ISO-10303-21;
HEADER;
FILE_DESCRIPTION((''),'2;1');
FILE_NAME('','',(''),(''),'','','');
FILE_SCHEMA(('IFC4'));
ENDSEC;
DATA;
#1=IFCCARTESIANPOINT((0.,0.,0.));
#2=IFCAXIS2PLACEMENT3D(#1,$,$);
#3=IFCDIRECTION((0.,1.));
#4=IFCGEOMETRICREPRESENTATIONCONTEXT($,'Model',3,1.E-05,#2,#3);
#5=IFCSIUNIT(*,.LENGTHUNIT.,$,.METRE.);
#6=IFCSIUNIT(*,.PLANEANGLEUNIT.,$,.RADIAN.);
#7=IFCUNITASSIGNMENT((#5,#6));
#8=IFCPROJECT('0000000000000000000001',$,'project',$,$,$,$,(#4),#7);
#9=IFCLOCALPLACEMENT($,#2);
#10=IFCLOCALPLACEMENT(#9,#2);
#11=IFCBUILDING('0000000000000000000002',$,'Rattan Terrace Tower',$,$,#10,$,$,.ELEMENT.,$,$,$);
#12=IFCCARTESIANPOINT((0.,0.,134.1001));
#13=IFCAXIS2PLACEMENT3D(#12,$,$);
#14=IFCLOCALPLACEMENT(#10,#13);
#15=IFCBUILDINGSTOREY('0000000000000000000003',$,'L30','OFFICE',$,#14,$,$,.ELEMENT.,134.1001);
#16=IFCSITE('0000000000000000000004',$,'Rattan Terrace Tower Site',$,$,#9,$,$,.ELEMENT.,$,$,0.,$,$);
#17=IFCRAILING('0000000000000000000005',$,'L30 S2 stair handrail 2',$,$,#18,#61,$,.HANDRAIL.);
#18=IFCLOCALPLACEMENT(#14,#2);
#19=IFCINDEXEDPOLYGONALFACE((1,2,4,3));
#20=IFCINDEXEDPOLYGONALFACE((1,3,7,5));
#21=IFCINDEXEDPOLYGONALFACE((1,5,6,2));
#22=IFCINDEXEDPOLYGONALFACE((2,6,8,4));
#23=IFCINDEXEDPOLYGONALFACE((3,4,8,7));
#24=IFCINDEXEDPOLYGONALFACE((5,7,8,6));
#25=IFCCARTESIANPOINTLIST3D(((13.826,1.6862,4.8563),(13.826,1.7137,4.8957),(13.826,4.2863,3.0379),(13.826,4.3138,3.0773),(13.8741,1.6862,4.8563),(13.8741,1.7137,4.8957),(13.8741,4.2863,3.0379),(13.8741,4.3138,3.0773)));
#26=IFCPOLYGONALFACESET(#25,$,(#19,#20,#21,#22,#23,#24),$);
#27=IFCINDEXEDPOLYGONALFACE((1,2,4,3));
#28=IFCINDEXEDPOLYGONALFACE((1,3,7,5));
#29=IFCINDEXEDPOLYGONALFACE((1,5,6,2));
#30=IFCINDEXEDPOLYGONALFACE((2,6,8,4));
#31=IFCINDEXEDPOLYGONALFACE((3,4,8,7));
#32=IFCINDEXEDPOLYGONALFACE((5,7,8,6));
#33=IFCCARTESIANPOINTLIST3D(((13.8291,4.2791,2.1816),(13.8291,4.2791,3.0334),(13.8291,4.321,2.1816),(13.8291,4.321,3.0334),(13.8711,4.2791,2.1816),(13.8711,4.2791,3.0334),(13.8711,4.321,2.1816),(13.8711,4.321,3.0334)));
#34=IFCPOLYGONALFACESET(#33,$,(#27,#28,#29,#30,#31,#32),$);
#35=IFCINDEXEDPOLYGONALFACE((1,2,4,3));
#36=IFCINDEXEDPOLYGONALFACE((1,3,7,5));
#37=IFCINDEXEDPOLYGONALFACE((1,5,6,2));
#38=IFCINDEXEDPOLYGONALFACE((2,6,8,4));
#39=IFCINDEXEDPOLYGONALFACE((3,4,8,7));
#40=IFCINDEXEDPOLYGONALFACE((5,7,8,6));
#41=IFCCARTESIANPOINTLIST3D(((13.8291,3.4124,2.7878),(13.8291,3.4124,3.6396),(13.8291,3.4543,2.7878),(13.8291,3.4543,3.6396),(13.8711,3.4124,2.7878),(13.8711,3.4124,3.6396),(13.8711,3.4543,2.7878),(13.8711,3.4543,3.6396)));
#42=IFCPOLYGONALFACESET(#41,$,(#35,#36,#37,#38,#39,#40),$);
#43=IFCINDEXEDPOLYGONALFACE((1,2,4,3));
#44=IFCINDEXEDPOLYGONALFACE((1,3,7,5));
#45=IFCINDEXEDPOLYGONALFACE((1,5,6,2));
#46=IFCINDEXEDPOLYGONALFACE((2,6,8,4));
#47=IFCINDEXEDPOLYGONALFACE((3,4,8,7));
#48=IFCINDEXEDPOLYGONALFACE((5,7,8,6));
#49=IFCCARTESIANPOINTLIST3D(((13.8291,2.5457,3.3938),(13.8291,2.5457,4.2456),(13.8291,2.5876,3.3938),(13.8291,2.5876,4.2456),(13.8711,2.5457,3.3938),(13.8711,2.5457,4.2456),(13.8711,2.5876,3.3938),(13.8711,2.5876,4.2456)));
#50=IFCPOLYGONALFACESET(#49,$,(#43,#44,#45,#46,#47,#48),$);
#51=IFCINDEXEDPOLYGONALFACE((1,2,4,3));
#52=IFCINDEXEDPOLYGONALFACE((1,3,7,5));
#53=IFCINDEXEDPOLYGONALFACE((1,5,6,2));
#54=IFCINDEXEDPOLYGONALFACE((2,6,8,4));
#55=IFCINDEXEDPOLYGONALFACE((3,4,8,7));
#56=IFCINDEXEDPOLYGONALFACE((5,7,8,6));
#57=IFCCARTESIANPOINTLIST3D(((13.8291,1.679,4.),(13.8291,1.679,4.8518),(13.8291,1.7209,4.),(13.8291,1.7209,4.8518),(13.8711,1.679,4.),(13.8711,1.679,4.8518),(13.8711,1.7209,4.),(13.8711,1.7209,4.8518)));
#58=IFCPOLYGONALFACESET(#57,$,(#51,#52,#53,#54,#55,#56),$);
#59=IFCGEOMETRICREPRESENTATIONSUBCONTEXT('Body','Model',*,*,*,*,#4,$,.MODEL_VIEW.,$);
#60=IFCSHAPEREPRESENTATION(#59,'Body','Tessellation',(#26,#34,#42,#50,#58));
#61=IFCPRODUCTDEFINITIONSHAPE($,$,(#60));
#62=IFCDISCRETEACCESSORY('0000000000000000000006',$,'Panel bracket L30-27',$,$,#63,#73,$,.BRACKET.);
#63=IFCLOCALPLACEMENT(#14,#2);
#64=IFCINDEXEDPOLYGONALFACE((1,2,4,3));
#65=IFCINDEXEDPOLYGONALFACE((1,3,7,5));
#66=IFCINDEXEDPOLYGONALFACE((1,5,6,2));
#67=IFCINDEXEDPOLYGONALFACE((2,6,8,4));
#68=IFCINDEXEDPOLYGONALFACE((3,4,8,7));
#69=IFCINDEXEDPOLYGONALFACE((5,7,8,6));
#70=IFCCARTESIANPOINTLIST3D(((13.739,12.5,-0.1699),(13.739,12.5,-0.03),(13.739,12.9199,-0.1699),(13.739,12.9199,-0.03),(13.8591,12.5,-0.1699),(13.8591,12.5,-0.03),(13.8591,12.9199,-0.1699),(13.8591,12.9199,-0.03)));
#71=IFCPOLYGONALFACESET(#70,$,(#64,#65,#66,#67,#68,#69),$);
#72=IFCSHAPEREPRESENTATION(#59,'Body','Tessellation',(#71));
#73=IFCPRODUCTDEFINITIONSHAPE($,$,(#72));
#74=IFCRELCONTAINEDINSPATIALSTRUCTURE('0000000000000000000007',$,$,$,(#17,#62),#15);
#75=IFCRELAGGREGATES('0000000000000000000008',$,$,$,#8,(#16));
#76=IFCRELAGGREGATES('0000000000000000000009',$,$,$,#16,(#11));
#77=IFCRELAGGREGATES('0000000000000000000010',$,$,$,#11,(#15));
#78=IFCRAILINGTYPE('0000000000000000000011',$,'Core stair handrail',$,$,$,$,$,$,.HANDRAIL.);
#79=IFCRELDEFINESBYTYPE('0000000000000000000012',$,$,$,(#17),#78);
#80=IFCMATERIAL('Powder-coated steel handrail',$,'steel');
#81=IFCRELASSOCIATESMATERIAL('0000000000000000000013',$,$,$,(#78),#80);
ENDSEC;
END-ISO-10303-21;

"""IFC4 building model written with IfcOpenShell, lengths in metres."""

from ifc_helpers import new_model, si_unit, direction, frame, origin, origin_2d, place, context, subcontext, project, spatial, rectangle, extrude, material, type_object, element, save


model = new_model("IFC4")

# Units and contexts
model_context = context("Model", 3, precision=1e-05, world=origin(), true_north=direction((0.0, 1.0)))
body_context = subcontext(model_context, "Body", "Model", "MODEL_VIEW")
ifc_project = project(units=[si_unit("LENGTHUNIT", "METRE"), si_unit("PLANEANGLEUNIT", "RADIAN")], contexts=[model_context])

# Site, building, storey
site_placement = place(None, origin())
site = spatial("IfcSite", under=ifc_project, at=site_placement, Name="Rattan Terrace Tower Site", CompositionType="ELEMENT", RefElevation=0.0)
building_placement = place(site_placement, origin())
building = spatial("IfcBuilding", under=site, at=building_placement, Name="Rattan Terrace Tower", CompositionType="ELEMENT")
storey_placement = place(building_placement, frame((0.0, 0.0, 134.1001)))
storey = spatial("IfcBuildingStorey", under=building, at=storey_placement, Name="L30", Description="OFFICE", CompositionType="ELEMENT", Elevation=134.1001)

# Railing
ifc_material_1 = material(Name="Powder-coated steel handrail", Category="steel")
railing_type_1 = type_object("IfcRailingType", Name="Core stair handrail", PredefinedType="HANDRAIL", material=ifc_material_1)
railing_1_placement = place(storey_placement, frame((13.8501, 4.3, 2.1816)))
element("IfcRailing", 1, at=railing_1_placement, inside=storey, type_object=railing_type_1, Name="L30 S2 stair handrail 2", PredefinedType="HANDRAIL", context=body_context, shape_type="SweptSolid", body=[
    extrude(rectangle(XDim=0.0481, YDim=0.0481, at=origin_2d()), frame((0.0, 0.0, 0.876), z_axis=(0.0, -0.819485, 0.573101), x_axis=(1.0, 0.0, 0.0)), (0.0, 0.0, 1.0), 3.1729),
    extrude(rectangle(XDim=0.042, YDim=0.042, at=origin_2d()), origin(), (0.0, 0.0, 1.0), 0.8518),
    extrude(rectangle(XDim=0.042, YDim=0.042, at=origin_2d()), frame((0.0, -0.8667, 0.6062)), (0.0, 0.0, 1.0), 0.8518),
    extrude(rectangle(XDim=0.042, YDim=0.042, at=origin_2d()), frame((0.0, -1.7334, 1.2122)), (0.0, 0.0, 1.0), 0.8518),
    extrude(rectangle(XDim=0.042, YDim=0.042, at=origin_2d()), frame((0.0, -2.6001, 1.8184)), (0.0, 0.0, 1.0), 0.8518),
])

# Discrete accessory
discrete_accessory_placement = place(storey_placement, frame((13.7991, 12.71, -0.1699), z_axis=(0.0, 0.0, 1.0), x_axis=(-1.0, 0.0, 0.0)))
element("IfcDiscreteAccessory", 2, at=discrete_accessory_placement, inside=storey, Name="Panel bracket L30-27", PredefinedType="BRACKET", context=body_context, shape_type="SweptSolid", body=[
    extrude(rectangle(XDim=0.1201, YDim=0.4199, at=origin_2d()), origin(), (0.0, 0.0, 1.0), 0.1399),
])

save(model, "model.ifc")
